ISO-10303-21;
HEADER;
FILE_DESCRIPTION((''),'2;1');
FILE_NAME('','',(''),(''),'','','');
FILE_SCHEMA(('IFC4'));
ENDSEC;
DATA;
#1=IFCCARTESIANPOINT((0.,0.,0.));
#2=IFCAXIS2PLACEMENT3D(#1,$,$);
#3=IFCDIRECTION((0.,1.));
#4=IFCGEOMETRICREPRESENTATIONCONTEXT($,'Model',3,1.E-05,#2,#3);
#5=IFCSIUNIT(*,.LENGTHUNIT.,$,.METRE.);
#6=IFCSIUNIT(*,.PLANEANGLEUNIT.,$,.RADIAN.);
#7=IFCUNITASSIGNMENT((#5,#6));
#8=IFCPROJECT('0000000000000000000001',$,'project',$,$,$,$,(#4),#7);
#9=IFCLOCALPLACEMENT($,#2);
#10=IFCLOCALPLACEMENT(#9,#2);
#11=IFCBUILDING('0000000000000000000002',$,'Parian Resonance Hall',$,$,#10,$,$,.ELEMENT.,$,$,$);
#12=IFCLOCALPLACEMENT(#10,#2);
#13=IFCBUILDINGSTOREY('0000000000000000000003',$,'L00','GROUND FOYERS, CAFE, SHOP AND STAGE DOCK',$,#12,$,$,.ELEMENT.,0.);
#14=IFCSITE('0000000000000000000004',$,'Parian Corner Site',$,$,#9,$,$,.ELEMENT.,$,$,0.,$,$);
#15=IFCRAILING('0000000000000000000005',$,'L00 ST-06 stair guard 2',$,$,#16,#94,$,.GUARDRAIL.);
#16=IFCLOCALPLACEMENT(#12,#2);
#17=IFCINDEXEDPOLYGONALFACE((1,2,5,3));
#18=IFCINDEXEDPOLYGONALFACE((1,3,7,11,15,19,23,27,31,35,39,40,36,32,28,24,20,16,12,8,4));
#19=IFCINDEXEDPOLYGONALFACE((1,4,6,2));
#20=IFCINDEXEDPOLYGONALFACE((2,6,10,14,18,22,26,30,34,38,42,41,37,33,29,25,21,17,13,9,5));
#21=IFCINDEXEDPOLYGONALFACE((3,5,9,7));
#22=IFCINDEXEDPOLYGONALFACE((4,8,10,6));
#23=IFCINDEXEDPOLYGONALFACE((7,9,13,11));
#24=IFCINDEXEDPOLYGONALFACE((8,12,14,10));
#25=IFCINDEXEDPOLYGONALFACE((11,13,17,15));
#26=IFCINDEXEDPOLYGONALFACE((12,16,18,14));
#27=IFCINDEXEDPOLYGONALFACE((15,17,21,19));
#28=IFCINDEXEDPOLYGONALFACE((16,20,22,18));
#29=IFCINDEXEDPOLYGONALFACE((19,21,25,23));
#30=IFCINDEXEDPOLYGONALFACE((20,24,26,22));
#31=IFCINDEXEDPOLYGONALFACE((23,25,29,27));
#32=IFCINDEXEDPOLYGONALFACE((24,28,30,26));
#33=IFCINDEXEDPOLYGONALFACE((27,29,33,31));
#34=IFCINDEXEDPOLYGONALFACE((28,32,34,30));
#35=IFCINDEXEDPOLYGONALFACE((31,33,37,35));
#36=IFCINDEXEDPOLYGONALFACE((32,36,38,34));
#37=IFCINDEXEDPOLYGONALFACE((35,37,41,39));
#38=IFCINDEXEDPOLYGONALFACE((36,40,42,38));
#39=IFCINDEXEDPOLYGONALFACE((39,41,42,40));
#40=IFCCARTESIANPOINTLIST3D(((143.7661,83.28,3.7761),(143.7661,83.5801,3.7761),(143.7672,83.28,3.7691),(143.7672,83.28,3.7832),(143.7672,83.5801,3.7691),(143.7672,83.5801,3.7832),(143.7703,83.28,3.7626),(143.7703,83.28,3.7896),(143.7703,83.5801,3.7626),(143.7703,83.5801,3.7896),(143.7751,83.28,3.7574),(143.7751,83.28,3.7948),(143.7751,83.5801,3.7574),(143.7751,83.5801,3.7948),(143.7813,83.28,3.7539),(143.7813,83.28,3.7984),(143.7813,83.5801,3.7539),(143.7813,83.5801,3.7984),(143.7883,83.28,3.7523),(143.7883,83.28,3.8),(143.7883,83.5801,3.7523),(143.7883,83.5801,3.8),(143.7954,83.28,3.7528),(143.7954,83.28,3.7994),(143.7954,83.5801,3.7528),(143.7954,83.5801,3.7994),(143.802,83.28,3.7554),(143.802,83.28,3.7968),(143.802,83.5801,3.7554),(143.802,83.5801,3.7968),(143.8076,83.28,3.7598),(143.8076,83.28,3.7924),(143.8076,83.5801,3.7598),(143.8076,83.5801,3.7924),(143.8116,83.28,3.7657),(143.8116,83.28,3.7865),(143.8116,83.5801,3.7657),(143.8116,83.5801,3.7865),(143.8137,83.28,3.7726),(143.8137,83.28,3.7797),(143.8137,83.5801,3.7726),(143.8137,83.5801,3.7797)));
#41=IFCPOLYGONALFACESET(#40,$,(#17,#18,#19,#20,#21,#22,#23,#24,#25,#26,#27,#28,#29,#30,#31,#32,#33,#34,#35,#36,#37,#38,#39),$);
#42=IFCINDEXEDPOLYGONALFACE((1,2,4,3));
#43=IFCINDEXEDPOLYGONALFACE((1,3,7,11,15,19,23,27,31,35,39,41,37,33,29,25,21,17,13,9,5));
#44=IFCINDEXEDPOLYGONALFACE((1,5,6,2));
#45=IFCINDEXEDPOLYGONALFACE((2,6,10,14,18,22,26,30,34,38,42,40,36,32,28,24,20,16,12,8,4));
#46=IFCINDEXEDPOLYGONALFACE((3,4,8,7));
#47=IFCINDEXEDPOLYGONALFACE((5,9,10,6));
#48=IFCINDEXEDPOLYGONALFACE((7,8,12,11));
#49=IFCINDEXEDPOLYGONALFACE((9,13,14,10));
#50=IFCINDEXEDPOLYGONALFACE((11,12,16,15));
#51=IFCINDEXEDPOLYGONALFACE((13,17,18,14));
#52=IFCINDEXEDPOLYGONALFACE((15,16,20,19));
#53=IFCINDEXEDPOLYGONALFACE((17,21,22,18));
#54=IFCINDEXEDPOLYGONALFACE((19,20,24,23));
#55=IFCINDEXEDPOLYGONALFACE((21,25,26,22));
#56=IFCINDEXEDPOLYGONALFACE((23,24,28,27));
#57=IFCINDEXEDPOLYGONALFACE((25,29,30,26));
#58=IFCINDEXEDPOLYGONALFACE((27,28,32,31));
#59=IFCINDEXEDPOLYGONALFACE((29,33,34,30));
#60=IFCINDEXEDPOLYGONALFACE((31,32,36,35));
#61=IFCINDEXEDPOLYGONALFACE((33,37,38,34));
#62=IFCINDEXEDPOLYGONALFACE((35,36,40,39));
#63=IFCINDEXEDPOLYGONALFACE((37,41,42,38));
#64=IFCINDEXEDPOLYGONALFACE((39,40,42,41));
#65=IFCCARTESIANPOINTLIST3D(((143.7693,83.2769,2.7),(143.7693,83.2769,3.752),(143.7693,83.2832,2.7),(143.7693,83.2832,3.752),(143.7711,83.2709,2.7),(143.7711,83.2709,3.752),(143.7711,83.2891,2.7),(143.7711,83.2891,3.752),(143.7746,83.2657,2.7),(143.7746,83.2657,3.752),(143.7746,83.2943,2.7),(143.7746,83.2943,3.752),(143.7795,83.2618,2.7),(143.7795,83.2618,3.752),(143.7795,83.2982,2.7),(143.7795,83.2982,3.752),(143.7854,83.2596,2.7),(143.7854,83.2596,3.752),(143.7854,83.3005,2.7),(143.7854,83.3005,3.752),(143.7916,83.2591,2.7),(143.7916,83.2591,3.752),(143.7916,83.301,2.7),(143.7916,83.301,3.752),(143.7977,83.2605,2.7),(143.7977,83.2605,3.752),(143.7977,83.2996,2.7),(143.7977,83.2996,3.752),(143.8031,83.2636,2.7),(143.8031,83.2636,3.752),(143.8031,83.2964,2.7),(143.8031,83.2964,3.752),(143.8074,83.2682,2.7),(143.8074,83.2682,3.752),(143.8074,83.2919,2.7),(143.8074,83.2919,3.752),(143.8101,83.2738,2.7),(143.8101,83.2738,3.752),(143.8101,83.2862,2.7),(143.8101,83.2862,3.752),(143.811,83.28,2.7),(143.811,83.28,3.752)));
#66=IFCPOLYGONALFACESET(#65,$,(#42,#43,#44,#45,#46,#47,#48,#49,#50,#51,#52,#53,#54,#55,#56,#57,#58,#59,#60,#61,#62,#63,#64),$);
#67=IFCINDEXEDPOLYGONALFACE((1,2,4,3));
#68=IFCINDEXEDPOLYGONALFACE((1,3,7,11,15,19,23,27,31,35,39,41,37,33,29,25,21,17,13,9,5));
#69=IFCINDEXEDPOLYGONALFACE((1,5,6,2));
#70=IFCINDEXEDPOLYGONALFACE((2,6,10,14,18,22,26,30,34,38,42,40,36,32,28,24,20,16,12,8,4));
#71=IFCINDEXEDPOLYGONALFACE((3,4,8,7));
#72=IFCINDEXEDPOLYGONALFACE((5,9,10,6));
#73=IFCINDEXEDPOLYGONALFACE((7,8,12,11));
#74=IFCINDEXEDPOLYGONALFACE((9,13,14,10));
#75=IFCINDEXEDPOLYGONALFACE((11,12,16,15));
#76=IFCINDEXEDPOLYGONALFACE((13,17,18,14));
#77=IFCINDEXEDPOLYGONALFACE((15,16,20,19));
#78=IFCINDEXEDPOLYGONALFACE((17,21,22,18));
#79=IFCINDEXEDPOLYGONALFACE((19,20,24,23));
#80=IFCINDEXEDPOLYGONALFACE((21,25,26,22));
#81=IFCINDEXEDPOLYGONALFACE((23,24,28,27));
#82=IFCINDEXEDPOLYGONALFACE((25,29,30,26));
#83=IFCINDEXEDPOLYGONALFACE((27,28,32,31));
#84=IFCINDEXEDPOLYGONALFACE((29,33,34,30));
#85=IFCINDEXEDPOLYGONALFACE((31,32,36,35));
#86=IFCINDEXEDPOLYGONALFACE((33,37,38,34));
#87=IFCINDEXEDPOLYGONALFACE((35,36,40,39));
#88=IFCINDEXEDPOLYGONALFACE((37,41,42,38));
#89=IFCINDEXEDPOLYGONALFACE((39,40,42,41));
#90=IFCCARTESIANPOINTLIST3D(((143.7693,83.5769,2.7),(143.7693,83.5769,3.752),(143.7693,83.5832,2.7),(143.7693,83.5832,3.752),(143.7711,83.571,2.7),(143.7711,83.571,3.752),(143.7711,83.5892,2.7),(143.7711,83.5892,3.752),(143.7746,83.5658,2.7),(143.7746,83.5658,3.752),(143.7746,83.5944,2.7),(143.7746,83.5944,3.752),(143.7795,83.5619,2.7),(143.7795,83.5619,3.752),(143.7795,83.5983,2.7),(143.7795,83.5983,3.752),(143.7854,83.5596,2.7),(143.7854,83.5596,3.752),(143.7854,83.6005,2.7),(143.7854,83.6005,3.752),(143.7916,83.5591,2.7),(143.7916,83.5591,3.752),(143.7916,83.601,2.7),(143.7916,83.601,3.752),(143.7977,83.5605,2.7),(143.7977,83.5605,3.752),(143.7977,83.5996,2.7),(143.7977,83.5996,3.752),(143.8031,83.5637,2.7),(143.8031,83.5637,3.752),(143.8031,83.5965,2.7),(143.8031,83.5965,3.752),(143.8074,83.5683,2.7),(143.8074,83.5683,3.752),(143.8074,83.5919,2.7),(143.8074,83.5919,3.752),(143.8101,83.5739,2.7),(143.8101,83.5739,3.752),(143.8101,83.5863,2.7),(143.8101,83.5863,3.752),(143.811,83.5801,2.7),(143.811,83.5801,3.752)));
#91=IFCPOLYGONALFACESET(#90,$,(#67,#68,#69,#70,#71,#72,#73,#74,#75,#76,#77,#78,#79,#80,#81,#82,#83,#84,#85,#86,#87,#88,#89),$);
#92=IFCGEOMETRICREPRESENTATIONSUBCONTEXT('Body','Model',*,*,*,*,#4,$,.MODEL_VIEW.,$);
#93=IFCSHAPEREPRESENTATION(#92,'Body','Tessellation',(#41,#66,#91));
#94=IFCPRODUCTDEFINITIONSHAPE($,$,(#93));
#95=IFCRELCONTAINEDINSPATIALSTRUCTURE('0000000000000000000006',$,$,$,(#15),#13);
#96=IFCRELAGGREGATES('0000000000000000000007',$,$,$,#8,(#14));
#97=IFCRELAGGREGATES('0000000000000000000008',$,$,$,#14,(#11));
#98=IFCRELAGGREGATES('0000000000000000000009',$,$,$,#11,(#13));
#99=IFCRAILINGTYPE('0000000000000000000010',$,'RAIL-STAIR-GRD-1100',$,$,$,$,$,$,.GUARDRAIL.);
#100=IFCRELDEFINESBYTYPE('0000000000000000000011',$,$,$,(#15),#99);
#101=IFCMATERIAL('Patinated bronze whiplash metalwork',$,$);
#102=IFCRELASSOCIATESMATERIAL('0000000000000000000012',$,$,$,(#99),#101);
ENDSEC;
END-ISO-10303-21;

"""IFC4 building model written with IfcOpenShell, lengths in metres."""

from ifc_helpers import new_model, si_unit, direction, frame, origin, origin_2d, place, context, subcontext, project, spatial, circle, extrude, material, type_object, element, save


model = new_model("IFC4")

# Units and contexts
model_context = context("Model", 3, precision=1e-05, world=origin(), true_north=direction((0.0, 1.0)))
body_context = subcontext(model_context, "Body", "Model", "MODEL_VIEW")
ifc_project = project(units=[si_unit("LENGTHUNIT", "METRE"), si_unit("PLANEANGLEUNIT", "RADIAN")], contexts=[model_context])

# Site, building, storey
site_placement = place(None, origin())
site = spatial("IfcSite", under=ifc_project, at=site_placement, Name="Parian Corner Site", CompositionType="ELEMENT", RefElevation=0.0)
building_placement = place(site_placement, origin())
building = spatial("IfcBuilding", under=site, at=building_placement, Name="Parian Resonance Hall", CompositionType="ELEMENT")
storey_placement = place(building_placement, origin())
storey = spatial("IfcBuildingStorey", under=building, at=storey_placement, Name="L00", Description="GROUND FOYERS, CAFE, SHOP AND STAGE DOCK", CompositionType="ELEMENT", Elevation=0.0)

# Railing
ifc_material_1 = material(Name="Patinated bronze whiplash metalwork")
railing_type_1 = type_object("IfcRailingType", Name="RAIL-STAIR-GRD-1100", PredefinedType="GUARDRAIL", material=ifc_material_1)
railing_1_placement = place(storey_placement, frame((143.79, 83.28, 2.7)))
element("IfcRailing", 1, at=railing_1_placement, inside=storey, type_object=railing_type_1, Name="L00 ST-06 stair guard 2", PredefinedType="GUARDRAIL", context=body_context, shape_type="SweptSolid", body=[
    extrude(circle(Radius=0.0239, at=origin_2d()), frame((0.0, 0.0, 1.0762), z_axis=(0.0, 1.0, 0.0), x_axis=(-1.0, 0.0, 0.0)), (0.0, 0.0, 1.0), 0.3),
    extrude(circle(Radius=0.021, at=origin_2d()), origin(), (0.0, 0.0, 1.0), 1.052),
    extrude(circle(Radius=0.021, at=origin_2d()), frame((0.0, 0.3, 0.0)), (0.0, 0.0, 1.0), 1.052),
])

save(model, "model.ifc")
